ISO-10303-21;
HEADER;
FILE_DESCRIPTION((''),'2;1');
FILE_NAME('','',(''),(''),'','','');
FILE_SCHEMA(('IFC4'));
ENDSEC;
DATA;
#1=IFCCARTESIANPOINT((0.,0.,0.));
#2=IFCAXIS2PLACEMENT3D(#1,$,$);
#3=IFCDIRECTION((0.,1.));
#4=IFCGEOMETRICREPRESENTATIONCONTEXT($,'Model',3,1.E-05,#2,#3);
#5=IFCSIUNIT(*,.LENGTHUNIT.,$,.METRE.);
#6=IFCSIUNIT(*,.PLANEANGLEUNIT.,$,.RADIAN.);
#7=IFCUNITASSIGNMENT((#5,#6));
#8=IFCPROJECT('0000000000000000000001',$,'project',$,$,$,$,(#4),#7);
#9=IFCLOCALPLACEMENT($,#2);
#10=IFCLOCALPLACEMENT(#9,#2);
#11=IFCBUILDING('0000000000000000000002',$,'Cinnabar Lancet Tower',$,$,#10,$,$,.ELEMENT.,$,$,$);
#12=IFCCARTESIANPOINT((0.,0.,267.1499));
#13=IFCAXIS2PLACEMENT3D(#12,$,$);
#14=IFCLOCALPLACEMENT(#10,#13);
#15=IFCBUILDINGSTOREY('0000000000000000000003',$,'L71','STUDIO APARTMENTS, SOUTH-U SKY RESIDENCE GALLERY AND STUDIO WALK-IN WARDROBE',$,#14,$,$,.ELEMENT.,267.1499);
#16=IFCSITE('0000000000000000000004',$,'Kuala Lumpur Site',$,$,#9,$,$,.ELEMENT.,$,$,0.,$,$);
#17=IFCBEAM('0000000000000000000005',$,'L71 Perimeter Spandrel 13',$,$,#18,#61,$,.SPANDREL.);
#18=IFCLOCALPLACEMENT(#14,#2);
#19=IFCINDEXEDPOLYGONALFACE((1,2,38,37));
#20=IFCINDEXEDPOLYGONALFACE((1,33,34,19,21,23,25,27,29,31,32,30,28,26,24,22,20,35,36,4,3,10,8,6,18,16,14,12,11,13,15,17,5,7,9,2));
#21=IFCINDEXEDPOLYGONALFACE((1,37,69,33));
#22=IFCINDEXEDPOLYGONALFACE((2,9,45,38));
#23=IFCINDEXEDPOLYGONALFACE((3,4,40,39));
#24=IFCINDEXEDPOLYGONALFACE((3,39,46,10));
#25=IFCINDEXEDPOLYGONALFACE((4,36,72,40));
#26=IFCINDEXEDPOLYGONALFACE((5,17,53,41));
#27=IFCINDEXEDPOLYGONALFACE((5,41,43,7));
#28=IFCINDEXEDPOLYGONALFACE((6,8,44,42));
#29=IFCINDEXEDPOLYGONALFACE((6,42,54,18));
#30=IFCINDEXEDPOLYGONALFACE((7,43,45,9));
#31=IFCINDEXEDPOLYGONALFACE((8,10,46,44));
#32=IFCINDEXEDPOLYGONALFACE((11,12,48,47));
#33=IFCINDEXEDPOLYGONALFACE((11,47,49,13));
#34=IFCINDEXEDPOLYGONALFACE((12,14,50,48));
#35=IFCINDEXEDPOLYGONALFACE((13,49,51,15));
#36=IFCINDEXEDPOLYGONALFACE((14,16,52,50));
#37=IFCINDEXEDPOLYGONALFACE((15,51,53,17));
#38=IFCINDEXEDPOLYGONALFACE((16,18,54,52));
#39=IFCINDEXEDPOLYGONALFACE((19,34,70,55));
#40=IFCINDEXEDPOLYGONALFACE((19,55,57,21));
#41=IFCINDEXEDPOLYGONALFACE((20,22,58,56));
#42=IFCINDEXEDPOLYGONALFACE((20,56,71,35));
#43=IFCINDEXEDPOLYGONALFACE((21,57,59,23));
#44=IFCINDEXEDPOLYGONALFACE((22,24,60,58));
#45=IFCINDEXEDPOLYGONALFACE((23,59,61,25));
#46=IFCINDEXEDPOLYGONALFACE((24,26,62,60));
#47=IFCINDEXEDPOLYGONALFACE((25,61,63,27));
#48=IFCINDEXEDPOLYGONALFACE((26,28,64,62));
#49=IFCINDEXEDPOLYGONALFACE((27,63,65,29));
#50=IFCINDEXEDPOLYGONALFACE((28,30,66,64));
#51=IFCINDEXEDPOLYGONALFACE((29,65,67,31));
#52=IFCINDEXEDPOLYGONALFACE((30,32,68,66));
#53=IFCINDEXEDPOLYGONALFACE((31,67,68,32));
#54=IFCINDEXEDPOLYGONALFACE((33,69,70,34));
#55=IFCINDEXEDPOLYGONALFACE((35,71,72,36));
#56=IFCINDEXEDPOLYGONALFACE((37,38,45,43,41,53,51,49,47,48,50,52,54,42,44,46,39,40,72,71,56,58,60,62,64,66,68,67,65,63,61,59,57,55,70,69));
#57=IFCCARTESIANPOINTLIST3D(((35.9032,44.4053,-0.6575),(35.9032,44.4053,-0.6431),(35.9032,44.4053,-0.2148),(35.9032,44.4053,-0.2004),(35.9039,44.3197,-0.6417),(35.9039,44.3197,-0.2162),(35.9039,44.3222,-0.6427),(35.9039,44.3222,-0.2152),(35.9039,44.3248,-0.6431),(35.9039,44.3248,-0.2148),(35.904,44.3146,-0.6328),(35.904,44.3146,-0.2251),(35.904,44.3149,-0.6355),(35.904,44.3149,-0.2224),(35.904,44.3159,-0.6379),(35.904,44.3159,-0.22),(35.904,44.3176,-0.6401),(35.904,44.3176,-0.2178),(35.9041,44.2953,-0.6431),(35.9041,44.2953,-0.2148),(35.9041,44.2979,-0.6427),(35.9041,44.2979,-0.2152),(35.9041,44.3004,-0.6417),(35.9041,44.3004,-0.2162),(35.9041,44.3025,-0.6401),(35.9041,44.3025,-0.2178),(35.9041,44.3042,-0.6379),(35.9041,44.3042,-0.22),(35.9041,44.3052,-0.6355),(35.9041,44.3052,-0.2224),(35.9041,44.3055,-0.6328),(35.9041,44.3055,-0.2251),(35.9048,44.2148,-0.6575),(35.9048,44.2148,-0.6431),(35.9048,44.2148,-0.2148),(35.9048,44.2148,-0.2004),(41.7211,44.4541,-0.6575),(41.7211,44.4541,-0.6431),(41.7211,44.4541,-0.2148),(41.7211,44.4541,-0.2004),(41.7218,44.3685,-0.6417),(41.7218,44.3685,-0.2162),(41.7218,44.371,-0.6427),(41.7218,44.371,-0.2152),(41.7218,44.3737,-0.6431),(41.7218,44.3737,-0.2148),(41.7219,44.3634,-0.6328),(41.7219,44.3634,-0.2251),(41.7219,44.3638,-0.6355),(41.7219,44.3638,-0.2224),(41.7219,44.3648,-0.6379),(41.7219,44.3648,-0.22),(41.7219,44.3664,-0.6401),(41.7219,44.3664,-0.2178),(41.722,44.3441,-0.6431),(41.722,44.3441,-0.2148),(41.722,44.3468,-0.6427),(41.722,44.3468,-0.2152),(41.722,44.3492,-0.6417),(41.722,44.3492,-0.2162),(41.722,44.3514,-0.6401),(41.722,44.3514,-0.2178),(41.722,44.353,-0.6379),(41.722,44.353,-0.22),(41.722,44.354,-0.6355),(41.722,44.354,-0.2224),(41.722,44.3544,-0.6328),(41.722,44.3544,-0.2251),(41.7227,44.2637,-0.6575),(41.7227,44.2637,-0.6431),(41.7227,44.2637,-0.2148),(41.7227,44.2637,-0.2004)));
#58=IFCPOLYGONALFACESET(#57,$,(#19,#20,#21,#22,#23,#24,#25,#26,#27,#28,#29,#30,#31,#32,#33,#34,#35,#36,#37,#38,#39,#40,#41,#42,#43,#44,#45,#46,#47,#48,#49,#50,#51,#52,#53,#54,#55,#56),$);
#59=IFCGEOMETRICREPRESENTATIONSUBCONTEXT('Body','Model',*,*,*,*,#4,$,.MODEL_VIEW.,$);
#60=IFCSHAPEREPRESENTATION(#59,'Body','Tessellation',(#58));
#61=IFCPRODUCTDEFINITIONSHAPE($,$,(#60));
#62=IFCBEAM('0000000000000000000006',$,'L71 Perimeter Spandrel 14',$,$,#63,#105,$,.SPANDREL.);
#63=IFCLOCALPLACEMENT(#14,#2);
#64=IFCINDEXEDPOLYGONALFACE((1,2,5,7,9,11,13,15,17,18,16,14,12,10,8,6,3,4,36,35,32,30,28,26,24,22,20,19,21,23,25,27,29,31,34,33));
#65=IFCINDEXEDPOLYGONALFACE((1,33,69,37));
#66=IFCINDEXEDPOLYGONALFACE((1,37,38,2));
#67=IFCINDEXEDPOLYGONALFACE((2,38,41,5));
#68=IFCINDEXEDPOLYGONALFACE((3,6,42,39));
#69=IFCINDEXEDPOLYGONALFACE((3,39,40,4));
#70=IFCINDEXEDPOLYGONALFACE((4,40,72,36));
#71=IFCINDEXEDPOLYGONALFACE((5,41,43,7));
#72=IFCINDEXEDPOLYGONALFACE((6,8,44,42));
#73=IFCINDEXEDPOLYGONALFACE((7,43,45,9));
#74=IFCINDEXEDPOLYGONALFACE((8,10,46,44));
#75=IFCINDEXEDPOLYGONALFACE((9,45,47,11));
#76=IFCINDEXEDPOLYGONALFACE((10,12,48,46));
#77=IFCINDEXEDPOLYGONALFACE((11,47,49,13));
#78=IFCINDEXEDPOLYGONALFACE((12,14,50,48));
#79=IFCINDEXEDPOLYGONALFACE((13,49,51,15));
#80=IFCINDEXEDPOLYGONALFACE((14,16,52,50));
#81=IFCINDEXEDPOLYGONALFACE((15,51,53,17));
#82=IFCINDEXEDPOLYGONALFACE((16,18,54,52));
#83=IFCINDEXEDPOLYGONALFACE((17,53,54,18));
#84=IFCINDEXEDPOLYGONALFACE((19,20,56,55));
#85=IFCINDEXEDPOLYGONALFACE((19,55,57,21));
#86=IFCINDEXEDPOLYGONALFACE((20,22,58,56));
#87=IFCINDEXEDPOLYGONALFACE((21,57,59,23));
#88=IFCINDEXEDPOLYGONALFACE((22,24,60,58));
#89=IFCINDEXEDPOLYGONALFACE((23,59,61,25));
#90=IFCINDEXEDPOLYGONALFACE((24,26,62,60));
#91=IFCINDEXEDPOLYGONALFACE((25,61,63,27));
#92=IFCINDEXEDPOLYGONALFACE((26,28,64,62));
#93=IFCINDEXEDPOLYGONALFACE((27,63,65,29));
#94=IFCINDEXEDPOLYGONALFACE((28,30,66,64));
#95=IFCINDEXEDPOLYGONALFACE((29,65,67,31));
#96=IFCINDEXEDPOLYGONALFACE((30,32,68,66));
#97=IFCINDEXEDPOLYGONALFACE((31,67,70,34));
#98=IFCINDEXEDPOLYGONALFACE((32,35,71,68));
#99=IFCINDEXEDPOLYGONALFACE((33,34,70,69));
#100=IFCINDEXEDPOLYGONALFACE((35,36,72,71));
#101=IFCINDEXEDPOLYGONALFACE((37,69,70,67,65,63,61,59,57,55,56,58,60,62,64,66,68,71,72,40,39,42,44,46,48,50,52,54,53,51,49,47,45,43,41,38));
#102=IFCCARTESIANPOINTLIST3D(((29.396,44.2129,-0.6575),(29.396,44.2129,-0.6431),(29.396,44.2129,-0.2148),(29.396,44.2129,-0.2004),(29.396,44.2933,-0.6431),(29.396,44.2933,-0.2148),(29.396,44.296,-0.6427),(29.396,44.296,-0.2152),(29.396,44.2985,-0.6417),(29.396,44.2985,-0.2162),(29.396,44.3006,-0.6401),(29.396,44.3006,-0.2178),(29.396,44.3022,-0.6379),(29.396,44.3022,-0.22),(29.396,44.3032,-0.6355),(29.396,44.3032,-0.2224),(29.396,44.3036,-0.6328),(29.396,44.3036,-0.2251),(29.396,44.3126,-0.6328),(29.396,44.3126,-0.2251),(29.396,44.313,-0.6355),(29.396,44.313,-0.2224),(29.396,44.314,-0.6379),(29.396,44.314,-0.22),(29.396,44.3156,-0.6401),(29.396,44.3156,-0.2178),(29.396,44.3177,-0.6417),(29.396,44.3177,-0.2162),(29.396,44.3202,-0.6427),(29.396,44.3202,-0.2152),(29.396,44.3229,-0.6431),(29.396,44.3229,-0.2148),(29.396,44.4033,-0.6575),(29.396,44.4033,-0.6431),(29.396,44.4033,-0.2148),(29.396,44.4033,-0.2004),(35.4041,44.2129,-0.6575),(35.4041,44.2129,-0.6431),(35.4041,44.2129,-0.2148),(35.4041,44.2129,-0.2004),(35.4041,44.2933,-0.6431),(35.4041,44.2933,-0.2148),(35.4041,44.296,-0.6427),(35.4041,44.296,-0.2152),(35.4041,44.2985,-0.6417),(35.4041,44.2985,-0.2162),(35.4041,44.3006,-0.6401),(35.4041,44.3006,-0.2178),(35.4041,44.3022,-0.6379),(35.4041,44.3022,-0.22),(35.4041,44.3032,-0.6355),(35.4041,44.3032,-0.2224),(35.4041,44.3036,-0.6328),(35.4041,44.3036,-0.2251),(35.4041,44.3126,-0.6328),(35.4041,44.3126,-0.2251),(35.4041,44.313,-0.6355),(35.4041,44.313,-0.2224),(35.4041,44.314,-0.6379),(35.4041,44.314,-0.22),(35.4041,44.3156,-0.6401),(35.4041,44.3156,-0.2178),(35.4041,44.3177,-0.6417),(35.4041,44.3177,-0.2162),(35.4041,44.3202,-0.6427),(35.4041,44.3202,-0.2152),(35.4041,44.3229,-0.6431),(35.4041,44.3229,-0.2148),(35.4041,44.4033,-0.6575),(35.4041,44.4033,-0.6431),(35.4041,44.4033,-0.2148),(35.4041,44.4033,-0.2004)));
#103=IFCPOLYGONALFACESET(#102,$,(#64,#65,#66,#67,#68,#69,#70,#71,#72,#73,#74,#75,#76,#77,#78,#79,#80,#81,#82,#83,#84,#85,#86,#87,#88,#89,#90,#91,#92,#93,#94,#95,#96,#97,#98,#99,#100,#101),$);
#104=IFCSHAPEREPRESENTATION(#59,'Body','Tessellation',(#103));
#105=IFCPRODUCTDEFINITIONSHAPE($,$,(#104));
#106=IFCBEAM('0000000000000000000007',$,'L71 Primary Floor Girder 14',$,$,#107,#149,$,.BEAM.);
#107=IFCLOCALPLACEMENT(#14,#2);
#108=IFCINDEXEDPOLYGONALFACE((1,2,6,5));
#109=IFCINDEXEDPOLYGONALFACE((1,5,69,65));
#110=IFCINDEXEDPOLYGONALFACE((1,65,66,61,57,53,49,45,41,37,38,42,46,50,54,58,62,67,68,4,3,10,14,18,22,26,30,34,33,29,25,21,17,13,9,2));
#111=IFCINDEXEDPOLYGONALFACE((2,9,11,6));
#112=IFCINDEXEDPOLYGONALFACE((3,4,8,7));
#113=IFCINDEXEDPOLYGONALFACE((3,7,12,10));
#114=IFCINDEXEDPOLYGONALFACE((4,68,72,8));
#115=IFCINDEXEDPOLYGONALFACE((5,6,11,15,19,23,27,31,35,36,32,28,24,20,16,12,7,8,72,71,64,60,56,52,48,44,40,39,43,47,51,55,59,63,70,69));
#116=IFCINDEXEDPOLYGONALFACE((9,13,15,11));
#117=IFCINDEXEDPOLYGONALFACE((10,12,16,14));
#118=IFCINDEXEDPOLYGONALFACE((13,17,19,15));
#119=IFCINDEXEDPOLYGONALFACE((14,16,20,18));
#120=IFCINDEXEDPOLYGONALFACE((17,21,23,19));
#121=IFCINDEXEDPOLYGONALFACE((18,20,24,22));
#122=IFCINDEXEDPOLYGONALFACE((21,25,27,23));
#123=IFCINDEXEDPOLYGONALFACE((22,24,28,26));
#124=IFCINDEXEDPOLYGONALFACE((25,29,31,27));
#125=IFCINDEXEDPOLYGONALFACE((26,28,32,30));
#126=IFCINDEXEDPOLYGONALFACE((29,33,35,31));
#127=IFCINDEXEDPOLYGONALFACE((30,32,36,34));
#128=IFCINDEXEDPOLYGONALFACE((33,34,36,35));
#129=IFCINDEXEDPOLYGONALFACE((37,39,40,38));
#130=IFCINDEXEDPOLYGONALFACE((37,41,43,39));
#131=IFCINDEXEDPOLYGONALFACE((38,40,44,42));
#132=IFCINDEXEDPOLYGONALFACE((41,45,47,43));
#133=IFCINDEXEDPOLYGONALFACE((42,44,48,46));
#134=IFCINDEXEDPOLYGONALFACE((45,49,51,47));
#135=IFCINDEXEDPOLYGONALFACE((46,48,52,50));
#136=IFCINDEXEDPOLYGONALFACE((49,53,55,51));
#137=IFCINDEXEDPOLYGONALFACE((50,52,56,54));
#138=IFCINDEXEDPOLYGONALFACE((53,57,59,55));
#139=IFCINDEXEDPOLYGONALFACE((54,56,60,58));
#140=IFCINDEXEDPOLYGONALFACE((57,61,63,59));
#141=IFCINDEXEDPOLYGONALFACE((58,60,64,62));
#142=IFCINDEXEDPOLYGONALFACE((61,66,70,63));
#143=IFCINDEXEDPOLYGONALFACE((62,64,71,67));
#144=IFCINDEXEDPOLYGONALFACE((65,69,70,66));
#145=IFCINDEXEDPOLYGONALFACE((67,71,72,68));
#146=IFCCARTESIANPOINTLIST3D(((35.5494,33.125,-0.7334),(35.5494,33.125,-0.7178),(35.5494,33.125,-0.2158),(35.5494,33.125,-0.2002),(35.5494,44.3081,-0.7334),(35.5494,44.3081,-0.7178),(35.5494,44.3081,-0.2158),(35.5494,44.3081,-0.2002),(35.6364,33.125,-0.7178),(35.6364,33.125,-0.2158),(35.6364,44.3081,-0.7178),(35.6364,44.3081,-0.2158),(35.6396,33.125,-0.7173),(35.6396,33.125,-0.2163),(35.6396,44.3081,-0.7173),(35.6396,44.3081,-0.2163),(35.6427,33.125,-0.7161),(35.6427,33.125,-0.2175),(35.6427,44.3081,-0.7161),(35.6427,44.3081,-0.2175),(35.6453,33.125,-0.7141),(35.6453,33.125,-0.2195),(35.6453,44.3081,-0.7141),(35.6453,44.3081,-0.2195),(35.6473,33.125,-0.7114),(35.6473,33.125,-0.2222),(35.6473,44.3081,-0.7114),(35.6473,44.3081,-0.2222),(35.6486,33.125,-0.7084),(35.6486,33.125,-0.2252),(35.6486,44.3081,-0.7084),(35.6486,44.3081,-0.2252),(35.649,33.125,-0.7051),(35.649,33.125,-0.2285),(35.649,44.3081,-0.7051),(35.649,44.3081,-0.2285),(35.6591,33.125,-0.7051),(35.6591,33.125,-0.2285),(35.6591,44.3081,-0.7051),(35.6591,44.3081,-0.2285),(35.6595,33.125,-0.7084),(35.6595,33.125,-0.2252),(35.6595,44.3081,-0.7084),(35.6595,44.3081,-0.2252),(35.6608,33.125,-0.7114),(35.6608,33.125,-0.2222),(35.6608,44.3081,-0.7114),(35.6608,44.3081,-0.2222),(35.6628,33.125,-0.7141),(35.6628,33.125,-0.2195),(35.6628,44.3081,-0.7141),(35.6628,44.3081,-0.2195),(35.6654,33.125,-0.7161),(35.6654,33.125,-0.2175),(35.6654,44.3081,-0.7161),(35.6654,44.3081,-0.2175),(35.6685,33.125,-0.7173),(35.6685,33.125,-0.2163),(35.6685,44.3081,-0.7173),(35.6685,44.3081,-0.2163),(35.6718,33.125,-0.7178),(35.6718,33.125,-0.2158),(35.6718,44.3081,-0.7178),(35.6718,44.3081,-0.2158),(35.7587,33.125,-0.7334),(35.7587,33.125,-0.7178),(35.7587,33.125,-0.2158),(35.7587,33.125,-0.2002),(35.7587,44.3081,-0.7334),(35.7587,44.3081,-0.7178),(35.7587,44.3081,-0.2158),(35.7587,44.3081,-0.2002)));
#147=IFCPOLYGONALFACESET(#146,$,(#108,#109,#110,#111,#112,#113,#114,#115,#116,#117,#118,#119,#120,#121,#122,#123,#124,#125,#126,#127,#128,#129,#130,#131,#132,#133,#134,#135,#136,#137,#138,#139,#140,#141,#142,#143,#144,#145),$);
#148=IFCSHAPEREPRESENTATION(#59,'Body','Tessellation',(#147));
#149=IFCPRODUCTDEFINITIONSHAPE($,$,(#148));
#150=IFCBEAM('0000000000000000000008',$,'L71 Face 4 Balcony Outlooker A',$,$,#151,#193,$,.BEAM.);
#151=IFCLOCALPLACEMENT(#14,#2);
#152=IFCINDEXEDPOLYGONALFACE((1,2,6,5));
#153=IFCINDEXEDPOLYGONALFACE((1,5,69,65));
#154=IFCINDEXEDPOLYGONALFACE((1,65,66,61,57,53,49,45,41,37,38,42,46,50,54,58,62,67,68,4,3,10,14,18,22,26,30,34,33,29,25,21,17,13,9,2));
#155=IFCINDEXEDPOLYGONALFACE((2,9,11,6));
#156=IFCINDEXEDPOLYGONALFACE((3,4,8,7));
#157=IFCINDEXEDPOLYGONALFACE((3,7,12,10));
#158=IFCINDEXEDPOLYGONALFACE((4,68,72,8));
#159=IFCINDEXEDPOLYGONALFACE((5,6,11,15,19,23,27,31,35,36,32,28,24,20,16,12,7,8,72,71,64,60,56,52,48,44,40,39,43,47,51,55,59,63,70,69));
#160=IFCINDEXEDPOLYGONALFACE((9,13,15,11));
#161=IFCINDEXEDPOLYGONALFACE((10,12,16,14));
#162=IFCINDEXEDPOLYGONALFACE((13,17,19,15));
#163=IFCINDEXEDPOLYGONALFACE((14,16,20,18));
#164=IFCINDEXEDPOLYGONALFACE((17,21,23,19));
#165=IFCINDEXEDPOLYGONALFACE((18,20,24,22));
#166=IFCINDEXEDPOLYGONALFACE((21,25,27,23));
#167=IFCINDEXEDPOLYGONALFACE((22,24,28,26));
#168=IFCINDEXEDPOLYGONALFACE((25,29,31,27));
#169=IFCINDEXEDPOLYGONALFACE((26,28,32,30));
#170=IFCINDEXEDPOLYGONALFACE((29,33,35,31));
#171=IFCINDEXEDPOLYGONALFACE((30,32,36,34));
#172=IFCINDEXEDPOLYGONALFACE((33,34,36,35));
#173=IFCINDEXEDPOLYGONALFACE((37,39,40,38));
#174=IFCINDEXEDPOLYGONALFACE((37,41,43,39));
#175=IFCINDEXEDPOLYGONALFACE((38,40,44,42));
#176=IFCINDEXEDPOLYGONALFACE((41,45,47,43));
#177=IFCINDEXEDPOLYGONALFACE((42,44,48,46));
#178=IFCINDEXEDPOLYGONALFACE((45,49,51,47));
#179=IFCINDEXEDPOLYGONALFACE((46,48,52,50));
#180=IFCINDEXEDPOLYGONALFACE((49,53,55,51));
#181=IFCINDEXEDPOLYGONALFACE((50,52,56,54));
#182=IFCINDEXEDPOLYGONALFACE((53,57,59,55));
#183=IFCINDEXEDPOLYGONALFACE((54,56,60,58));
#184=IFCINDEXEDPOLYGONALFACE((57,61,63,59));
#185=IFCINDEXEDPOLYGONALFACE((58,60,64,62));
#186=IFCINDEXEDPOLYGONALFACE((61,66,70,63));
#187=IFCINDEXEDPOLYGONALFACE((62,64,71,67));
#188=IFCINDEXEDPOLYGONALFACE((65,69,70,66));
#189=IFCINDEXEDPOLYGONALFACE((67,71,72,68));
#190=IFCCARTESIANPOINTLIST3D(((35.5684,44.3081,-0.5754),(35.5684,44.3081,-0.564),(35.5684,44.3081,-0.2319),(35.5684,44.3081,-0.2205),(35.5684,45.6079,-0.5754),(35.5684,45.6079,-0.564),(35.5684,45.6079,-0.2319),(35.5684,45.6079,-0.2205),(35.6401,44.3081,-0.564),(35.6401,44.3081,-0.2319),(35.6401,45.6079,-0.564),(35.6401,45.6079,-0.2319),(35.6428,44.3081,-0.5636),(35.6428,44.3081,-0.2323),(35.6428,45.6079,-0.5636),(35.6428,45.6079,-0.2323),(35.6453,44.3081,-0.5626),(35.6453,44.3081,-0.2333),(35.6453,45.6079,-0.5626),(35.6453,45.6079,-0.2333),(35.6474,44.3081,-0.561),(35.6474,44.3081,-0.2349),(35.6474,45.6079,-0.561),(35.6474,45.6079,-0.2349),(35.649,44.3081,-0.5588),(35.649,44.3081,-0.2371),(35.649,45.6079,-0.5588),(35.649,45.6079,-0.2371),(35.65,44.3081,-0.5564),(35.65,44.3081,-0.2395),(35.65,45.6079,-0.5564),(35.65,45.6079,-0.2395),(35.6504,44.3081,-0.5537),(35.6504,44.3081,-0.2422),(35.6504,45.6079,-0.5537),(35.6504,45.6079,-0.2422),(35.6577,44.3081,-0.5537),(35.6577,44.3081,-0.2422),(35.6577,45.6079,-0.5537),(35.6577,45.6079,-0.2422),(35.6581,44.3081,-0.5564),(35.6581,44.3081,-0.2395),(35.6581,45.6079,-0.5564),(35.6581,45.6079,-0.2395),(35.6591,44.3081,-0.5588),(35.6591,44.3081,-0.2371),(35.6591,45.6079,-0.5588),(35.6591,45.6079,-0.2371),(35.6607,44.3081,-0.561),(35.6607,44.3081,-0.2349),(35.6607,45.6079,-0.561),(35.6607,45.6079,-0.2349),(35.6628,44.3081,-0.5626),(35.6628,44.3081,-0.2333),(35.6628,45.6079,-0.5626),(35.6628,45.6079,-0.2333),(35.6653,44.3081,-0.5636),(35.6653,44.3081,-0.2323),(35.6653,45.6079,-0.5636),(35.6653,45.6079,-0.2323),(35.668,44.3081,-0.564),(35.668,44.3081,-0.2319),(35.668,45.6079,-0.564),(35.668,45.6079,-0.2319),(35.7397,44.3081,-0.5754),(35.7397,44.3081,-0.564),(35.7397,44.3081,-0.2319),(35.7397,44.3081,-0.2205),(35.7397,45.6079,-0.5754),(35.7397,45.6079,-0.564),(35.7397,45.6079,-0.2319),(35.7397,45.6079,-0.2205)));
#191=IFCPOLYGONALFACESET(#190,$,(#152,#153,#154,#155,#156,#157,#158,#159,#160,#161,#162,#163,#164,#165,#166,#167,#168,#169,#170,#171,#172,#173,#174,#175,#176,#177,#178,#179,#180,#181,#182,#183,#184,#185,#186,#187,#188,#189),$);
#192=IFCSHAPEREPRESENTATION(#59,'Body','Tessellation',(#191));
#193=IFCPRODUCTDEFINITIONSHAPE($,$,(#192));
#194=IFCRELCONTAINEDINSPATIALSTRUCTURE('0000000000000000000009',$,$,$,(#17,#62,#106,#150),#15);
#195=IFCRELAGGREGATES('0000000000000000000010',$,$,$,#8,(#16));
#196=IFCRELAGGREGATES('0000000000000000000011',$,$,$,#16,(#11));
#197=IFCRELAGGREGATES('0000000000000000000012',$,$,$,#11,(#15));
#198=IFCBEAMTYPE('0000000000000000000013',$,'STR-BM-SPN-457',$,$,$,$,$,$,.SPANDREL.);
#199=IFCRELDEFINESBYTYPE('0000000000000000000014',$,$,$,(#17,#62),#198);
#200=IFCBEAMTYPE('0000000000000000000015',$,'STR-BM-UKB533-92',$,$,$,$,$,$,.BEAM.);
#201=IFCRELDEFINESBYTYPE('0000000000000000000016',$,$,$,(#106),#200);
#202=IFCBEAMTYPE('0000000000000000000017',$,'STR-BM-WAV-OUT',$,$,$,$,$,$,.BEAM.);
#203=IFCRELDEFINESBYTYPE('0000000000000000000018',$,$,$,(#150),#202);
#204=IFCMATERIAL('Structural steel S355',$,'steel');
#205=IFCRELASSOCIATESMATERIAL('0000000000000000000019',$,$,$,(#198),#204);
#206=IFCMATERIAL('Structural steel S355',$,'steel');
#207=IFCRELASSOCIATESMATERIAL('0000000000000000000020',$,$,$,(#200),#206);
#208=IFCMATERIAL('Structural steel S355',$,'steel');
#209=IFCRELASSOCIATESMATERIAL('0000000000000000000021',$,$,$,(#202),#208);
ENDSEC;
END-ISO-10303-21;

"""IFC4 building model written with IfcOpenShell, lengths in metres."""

from ifc_helpers import new_model, si_unit, direction, frame, origin, origin_2d, place, context, subcontext, project, spatial, i_section, extrude, material, material_profile, profile_set, type_object, element, save


model = new_model("IFC4")

# Units and contexts
model_context = context("Model", 3, precision=1e-05, world=origin(), true_north=direction((0.0, 1.0)))
body_context = subcontext(model_context, "Body", "Model", "MODEL_VIEW")
ifc_project = project(units=[si_unit("LENGTHUNIT", "METRE"), si_unit("PLANEANGLEUNIT", "RADIAN")], contexts=[model_context])

# Site, building, storey
site_placement = place(None, origin())
site = spatial("IfcSite", under=ifc_project, at=site_placement, Name="Kuala Lumpur Site", CompositionType="ELEMENT", RefElevation=0.0)
building_placement = place(site_placement, origin())
building = spatial("IfcBuilding", under=site, at=building_placement, Name="Cinnabar Lancet Tower", CompositionType="ELEMENT")
storey_placement = place(building_placement, frame((0.0, 0.0, 267.1499)))
storey = spatial("IfcBuildingStorey", under=building, at=storey_placement, Name="L71", Description="STUDIO APARTMENTS, SOUTH-U SKY RESIDENCE GALLERY AND STUDIO WALK-IN WARDROBE", CompositionType="ELEMENT", Elevation=267.1499)

# Beams
ifc_material_1 = material(Name="Structural steel S355", Category="steel")
ifc_material_profile_1 = material_profile(ifc_material_1, i_section(OverallWidth=0.1904, OverallDepth=0.457, WebThickness=0.009, FlangeThickness=0.0144, FilletRadius=0.0103, at=origin_2d()), Name="UKB 457x191x74")
ifc_profile_set_1 = profile_set([ifc_material_profile_1], Name="Structural steel S355")
beam_type_1 = type_object("IfcBeamType", Name="STR-BM-SPN-457", PredefinedType="SPANDREL", material=ifc_profile_set_1)
beam_1_placement = place(storey_placement, frame((41.7219, 44.3589, -0.429), z_axis=(-0.999965, -0.008392, 0.0), x_axis=(0.008392, -0.999965, 0.0)))
element("IfcBeam", 1, at=beam_1_placement, inside=storey, type_object=beam_type_1, Name="L71 Perimeter Spandrel 13", PredefinedType="SPANDREL", context=body_context, shape_type="SweptSolid", body=[
    extrude(i_section(OverallWidth=0.1904, OverallDepth=0.457, WebThickness=0.009, FlangeThickness=0.0144, FilletRadius=0.0103, at=origin_2d()), origin(), (0.0, 0.0, 1.0), 5.8181),
])
beam_2_placement = place(storey_placement, frame((35.4041, 44.3081, -0.429), z_axis=(-1.0, 0.0, 0.0), x_axis=(0.0, -1.0, 0.0)))
element("IfcBeam", 2, at=beam_2_placement, inside=storey, type_object=beam_type_1, Name="L71 Perimeter Spandrel 14", PredefinedType="SPANDREL", context=body_context, shape_type="SweptSolid", body=[
    extrude(i_section(OverallWidth=0.1904, OverallDepth=0.457, WebThickness=0.009, FlangeThickness=0.0144, FilletRadius=0.0103, at=origin_2d()), origin(), (0.0, 0.0, 1.0), 6.0081),
])
ifc_material_2 = material(Name="Structural steel S355", Category="steel")
ifc_material_profile_2 = material_profile(ifc_material_2, i_section(OverallWidth=0.2092, OverallDepth=0.5332, WebThickness=0.01, FlangeThickness=0.0156, FilletRadius=0.0127, at=origin_2d()), Name="UKB 533x210x92")
ifc_profile_set_2 = profile_set([ifc_material_profile_2], Name="Structural steel S355")
beam_type_2 = type_object("IfcBeamType", Name="STR-BM-UKB533-92", PredefinedType="BEAM", material=ifc_profile_set_2)
beam_3_placement = place(storey_placement, frame((35.6541, 44.3081, -0.4668), z_axis=(0.0, -1.0, 0.0), x_axis=(1.0, 0.0, 0.0)))
element("IfcBeam", 3, at=beam_3_placement, inside=storey, type_object=beam_type_2, Name="L71 Primary Floor Girder 14", PredefinedType="BEAM", context=body_context, shape_type="SweptSolid", body=[
    extrude(i_section(OverallWidth=0.2092, OverallDepth=0.5332, WebThickness=0.01, FlangeThickness=0.0156, FilletRadius=0.0127, at=origin_2d()), origin(), (0.0, 0.0, 1.0), 11.1831),
])
ifc_material_3 = material(Name="Structural steel S355", Category="steel")
ifc_material_profile_3 = material_profile(ifc_material_3, i_section(OverallWidth=0.1714, OverallDepth=0.355, WebThickness=0.0073, FlangeThickness=0.0115, FilletRadius=0.0103, at=origin_2d()), Name="UKB 356x171x51")
ifc_profile_set_3 = profile_set([ifc_material_profile_3], Name="Structural steel S355")
beam_type_3 = type_object("IfcBeamType", Name="STR-BM-WAV-OUT", PredefinedType="BEAM", material=ifc_profile_set_3)
beam_4_placement = place(storey_placement, frame((35.6541, 44.3081, -0.3979), z_axis=(0.0, 1.0, 0.0), x_axis=(-1.0, 0.0, 0.0)))
element("IfcBeam", 4, at=beam_4_placement, inside=storey, type_object=beam_type_3, Name="L71 Face 4 Balcony Outlooker A", PredefinedType="BEAM", context=body_context, shape_type="SweptSolid", body=[
    extrude(i_section(OverallWidth=0.1714, OverallDepth=0.355, WebThickness=0.0073, FlangeThickness=0.0115, FilletRadius=0.0103, at=origin_2d()), origin(), (0.0, 0.0, 1.0), 1.2998),
])

save(model, "model.ifc")
